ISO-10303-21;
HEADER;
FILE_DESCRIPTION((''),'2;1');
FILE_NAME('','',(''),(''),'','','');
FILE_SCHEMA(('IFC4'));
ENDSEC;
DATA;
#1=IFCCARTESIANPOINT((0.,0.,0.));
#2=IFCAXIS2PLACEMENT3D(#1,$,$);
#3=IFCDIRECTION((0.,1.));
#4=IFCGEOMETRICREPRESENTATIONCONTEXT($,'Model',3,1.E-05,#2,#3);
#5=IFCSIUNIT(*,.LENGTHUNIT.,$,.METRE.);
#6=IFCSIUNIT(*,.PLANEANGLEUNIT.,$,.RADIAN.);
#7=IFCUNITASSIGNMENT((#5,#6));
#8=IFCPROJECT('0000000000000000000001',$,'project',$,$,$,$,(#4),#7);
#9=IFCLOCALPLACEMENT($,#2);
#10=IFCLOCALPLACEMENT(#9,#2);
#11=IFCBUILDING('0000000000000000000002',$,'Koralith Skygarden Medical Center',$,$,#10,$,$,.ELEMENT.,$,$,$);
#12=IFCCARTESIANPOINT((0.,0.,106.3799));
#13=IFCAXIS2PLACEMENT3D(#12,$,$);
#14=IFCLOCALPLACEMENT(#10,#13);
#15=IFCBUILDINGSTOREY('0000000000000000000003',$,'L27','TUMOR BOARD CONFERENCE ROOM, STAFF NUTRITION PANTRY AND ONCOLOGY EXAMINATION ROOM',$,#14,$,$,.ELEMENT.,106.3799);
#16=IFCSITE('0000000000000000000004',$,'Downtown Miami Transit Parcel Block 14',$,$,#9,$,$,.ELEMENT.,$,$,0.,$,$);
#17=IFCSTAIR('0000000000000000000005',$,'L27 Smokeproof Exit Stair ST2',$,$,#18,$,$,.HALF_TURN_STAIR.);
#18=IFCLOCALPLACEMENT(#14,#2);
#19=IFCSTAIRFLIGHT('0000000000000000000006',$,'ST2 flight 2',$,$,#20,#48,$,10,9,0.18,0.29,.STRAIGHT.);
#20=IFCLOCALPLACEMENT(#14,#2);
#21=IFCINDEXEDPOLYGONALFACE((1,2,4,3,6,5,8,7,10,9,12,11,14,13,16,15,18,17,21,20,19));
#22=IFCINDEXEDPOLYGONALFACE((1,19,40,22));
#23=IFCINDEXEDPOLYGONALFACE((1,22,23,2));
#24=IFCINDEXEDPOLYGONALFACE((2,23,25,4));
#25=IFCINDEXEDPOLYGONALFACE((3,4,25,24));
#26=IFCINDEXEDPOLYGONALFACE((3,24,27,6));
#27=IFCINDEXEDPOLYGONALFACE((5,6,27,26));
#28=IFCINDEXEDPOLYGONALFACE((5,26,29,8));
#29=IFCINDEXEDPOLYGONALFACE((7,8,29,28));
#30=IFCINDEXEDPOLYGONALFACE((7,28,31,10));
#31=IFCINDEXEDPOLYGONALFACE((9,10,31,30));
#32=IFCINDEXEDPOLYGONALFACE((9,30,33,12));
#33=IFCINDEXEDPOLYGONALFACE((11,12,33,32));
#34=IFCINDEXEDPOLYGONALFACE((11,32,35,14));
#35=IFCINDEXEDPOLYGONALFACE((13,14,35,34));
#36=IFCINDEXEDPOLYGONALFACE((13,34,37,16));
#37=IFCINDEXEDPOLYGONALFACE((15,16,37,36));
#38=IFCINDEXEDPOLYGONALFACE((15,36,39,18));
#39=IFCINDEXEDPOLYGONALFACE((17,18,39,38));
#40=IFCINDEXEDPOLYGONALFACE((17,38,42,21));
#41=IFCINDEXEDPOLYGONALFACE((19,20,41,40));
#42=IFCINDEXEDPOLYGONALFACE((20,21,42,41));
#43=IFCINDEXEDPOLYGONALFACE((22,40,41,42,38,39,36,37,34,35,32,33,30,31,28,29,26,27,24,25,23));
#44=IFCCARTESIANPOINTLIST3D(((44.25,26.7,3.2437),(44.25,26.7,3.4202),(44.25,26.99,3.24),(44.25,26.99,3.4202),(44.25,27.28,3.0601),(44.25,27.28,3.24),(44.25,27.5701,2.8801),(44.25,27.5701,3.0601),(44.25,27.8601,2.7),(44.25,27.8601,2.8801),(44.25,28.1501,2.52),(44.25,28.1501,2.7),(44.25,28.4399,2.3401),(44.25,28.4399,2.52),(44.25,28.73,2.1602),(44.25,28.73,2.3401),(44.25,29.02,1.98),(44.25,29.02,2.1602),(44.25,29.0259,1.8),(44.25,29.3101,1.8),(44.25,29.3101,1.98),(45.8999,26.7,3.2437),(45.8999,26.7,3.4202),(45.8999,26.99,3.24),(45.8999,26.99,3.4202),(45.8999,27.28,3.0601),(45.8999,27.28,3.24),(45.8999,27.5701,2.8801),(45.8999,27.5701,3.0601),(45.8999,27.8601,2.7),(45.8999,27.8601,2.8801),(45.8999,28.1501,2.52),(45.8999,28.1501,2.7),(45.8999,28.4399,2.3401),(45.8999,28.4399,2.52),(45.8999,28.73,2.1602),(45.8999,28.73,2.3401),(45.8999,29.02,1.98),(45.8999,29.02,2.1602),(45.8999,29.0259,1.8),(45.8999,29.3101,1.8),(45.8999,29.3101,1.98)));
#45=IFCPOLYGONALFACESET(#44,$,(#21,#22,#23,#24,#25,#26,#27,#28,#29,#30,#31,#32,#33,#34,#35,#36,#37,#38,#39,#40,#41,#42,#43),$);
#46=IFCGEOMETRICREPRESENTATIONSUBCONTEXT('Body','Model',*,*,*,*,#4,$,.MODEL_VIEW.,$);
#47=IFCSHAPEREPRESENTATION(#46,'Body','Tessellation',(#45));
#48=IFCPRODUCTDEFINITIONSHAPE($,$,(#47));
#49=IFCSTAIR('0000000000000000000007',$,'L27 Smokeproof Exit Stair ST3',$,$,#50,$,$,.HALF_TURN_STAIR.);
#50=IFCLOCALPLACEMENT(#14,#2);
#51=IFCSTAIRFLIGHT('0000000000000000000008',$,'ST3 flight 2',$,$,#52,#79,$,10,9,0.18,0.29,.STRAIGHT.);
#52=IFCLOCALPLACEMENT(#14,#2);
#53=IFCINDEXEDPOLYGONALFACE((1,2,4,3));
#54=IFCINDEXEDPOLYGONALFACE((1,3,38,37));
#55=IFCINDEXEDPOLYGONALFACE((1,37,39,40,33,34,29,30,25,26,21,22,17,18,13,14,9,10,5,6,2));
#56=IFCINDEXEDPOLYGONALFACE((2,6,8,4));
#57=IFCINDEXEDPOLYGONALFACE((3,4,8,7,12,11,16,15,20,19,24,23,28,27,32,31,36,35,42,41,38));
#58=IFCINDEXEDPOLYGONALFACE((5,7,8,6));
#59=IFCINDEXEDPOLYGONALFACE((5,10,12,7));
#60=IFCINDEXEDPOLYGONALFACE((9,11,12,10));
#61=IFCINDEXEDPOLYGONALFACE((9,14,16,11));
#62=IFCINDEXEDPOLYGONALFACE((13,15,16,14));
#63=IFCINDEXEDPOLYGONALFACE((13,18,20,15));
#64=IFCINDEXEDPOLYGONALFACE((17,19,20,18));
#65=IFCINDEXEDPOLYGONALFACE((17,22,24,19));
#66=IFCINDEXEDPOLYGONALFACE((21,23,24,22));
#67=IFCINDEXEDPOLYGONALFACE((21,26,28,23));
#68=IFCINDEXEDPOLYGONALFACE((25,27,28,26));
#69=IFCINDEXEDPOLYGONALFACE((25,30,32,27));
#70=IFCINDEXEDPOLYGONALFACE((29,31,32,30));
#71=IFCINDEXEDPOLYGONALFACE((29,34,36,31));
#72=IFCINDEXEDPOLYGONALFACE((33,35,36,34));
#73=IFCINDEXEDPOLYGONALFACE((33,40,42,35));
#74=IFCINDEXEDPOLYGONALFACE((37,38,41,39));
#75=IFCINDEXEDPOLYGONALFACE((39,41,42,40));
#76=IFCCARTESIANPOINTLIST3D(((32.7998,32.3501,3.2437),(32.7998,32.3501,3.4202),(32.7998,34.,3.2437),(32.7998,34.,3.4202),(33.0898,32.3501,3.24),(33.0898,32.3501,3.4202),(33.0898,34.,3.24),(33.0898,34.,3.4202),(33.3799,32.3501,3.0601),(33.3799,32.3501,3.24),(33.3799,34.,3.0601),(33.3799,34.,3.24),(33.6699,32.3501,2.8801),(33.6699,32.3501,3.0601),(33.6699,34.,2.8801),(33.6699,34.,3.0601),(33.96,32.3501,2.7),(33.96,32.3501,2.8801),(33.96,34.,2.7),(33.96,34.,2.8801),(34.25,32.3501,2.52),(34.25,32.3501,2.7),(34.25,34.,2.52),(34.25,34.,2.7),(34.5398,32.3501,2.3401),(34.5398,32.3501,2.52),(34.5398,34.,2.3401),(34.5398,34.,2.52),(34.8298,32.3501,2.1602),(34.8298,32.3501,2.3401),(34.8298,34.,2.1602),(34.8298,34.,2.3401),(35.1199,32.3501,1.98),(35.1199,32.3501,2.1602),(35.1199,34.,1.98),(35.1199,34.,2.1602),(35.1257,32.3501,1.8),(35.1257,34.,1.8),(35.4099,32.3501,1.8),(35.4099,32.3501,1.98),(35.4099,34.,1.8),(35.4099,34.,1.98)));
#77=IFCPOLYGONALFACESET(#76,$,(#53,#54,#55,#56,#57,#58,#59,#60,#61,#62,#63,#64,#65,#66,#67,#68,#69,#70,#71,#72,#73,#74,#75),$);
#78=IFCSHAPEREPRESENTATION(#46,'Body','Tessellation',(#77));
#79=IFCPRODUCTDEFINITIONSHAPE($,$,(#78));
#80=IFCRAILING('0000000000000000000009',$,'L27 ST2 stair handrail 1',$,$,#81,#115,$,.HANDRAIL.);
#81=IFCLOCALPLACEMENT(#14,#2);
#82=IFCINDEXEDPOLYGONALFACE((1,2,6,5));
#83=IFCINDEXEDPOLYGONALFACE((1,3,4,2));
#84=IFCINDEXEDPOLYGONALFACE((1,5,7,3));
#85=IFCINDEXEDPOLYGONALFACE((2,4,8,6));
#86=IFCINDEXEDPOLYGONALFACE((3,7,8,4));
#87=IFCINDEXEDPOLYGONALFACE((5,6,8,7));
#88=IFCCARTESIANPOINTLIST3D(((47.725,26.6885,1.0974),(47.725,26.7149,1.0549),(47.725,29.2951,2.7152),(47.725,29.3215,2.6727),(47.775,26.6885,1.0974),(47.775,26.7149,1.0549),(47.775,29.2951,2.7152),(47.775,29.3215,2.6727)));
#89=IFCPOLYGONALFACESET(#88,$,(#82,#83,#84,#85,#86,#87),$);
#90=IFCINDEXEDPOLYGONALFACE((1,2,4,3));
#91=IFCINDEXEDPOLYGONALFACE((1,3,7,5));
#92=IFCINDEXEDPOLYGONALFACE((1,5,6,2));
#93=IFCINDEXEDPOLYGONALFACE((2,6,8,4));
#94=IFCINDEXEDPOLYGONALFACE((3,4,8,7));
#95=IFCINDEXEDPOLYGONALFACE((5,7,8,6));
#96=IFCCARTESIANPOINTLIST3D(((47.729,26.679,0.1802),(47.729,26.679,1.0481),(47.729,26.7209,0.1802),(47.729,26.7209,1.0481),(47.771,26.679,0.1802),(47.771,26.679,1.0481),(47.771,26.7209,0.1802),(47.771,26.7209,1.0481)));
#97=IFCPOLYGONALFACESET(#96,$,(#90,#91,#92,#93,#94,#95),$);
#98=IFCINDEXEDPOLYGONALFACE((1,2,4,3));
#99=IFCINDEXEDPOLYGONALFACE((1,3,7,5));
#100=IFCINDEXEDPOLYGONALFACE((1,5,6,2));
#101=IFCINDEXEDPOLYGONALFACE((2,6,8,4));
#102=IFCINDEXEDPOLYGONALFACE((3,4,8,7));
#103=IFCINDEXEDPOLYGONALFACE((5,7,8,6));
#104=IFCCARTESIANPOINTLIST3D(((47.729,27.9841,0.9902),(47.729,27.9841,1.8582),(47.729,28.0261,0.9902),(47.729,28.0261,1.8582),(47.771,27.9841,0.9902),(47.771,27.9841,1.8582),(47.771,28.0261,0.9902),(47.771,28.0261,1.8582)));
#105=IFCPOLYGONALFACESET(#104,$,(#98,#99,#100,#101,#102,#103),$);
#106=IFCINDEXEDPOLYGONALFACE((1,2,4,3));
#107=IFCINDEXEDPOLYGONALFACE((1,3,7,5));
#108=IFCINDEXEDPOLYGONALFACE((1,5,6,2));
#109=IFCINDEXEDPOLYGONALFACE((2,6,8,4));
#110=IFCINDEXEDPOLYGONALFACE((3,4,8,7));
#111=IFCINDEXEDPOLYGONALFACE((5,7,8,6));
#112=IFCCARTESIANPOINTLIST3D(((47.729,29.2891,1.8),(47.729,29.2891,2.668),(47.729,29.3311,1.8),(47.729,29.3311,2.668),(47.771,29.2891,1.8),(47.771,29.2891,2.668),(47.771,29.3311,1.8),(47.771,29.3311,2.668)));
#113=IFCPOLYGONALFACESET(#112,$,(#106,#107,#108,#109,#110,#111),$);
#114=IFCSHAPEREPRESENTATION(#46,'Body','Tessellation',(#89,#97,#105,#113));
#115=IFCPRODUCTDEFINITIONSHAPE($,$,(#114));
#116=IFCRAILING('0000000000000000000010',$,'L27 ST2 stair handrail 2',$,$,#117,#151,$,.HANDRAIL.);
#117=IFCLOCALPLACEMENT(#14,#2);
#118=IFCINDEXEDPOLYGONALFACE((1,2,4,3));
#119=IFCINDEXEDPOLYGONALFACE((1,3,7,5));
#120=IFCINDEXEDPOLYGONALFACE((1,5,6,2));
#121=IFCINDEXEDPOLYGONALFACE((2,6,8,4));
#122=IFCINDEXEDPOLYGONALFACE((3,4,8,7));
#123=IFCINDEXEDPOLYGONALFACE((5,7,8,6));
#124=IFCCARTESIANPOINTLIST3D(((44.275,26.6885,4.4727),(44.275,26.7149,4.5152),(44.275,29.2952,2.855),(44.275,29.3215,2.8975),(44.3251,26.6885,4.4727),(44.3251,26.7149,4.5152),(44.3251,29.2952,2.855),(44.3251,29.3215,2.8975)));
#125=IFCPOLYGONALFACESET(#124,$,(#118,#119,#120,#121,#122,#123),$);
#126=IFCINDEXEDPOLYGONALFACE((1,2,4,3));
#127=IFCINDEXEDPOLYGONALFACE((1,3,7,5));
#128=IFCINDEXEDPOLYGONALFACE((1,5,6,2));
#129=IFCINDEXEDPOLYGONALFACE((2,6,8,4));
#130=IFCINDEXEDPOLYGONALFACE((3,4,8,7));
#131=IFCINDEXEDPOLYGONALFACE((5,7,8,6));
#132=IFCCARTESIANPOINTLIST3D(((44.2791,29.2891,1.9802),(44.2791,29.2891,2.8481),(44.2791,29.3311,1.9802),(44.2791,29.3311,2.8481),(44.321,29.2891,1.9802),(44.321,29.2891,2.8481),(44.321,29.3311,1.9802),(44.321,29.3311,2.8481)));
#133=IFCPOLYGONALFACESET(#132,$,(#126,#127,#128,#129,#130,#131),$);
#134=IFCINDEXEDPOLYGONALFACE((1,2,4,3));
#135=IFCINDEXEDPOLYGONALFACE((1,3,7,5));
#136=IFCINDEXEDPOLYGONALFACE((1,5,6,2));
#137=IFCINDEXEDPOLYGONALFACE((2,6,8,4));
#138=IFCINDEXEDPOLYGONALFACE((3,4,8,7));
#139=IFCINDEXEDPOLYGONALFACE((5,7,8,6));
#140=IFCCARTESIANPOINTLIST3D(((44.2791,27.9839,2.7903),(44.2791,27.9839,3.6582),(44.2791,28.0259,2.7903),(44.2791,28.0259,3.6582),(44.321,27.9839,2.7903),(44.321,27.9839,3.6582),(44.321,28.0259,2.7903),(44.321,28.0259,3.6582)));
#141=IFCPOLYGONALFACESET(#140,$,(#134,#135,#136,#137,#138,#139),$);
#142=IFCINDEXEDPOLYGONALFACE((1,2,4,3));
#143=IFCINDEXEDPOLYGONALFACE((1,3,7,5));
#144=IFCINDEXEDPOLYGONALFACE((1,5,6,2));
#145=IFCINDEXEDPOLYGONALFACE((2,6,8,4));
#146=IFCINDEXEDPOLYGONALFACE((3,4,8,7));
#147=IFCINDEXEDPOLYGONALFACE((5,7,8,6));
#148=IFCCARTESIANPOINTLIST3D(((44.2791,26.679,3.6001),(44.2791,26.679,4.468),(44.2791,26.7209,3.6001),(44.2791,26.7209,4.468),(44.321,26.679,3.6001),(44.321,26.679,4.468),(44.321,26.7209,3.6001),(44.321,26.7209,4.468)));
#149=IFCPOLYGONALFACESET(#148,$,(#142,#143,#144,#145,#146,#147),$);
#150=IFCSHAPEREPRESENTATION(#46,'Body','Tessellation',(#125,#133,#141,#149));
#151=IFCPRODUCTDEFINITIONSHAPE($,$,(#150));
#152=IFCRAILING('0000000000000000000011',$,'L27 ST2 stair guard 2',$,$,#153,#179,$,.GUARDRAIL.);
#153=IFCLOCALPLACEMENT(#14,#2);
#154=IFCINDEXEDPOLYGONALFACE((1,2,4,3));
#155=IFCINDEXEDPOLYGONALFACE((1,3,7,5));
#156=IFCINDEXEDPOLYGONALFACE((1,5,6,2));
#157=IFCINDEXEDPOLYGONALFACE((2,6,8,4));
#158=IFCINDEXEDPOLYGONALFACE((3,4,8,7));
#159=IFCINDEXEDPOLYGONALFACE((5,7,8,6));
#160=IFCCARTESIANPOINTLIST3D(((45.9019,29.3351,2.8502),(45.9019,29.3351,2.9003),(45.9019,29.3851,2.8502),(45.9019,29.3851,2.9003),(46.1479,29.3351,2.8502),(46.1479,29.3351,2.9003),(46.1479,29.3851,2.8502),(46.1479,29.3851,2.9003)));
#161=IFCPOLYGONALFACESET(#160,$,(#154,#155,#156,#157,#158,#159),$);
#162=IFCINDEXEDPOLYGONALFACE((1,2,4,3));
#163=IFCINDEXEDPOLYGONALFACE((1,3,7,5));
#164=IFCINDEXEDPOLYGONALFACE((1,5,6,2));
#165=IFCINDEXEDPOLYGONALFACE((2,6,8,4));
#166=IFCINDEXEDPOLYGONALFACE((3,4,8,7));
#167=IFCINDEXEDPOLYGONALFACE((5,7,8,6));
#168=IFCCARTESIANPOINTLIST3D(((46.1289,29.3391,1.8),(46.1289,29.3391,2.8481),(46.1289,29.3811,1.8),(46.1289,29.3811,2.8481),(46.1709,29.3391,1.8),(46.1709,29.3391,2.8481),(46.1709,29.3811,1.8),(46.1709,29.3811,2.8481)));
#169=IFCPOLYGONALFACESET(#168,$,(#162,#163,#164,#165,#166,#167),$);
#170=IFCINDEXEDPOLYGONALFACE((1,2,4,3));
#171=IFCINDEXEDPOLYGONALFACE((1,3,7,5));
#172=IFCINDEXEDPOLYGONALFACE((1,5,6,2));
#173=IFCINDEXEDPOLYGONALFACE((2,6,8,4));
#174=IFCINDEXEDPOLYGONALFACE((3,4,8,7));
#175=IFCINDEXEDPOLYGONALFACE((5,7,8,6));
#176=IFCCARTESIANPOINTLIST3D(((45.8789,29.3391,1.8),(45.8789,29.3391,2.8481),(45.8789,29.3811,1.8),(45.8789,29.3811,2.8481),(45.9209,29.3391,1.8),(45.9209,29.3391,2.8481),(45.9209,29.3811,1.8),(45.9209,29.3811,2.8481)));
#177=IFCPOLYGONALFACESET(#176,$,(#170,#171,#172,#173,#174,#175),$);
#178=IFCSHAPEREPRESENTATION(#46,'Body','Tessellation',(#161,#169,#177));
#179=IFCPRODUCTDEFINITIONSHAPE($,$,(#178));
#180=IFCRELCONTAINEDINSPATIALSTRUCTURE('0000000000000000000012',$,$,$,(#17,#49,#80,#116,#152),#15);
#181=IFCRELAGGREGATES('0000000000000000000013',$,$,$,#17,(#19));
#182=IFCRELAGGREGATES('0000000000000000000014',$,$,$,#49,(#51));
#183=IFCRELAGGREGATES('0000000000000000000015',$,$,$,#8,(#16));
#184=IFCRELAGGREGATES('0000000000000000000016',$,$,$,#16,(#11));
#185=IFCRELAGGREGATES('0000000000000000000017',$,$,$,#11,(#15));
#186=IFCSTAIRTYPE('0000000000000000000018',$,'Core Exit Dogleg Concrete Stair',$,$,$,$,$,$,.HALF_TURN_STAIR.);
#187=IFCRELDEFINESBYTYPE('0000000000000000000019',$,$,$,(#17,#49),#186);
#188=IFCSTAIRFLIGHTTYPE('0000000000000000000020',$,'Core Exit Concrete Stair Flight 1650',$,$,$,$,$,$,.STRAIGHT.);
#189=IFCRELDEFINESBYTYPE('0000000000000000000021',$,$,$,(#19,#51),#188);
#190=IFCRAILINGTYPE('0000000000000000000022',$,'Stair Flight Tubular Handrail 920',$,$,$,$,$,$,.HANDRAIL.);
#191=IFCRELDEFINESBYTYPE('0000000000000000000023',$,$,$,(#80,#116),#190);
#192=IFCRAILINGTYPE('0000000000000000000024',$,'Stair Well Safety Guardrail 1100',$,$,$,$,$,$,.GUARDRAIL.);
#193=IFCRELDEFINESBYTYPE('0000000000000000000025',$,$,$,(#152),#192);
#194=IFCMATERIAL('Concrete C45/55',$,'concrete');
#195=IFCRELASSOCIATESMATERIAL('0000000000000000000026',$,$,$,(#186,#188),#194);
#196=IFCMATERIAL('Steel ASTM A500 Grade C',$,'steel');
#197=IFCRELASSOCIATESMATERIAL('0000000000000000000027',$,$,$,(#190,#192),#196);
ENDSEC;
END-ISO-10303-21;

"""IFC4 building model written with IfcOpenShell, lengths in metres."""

from ifc_helpers import new_model, si_unit, direction, frame, origin, origin_2d, place, context, subcontext, project, spatial, polyline, rectangle, outline, extrude, material, type_object, element, aggregate, save


model = new_model("IFC4")

# Units and contexts
model_context = context("Model", 3, precision=1e-05, world=origin(), true_north=direction((0.0, 1.0)))
body_context = subcontext(model_context, "Body", "Model", "MODEL_VIEW")
ifc_project = project(units=[si_unit("LENGTHUNIT", "METRE"), si_unit("PLANEANGLEUNIT", "RADIAN")], contexts=[model_context])

# Site, building, storey
site_placement = place(None, origin())
site = spatial("IfcSite", under=ifc_project, at=site_placement, Name="Downtown Miami Transit Parcel Block 14", CompositionType="ELEMENT", RefElevation=0.0)
building_placement = place(site_placement, origin())
building = spatial("IfcBuilding", under=site, at=building_placement, Name="Koralith Skygarden Medical Center", CompositionType="ELEMENT")
storey_placement = place(building_placement, frame((0.0, 0.0, 106.3799)))
storey = spatial("IfcBuildingStorey", under=building, at=storey_placement, Name="L27", Description="TUMOR BOARD CONFERENCE ROOM, STAFF NUTRITION PANTRY AND ONCOLOGY EXAMINATION ROOM", CompositionType="ELEMENT", Elevation=106.3799)

# Shared definitions
ifc_material_1 = material(Name="Concrete C45/55", Category="concrete")

# Stair, stair flight
stair_type = type_object("IfcStairType", Name="Core Exit Dogleg Concrete Stair", PredefinedType="HALF_TURN_STAIR", material=ifc_material_1)
stair_1_placement = place(storey_placement, origin())
stair_1 = element("IfcStair", 1, at=stair_1_placement, inside=storey, type_object=stair_type, Name="L27 Smokeproof Exit Stair ST2", PredefinedType="HALF_TURN_STAIR")
stair_flight_type = type_object("IfcStairFlightType", Name="Core Exit Concrete Stair Flight 1650", PredefinedType="STRAIGHT", material=ifc_material_1)
stair_flight_1_placement = place(storey_placement, frame((45.075, 29.3101, 1.8), z_axis=(0.0, 0.0, 1.0), x_axis=(0.0, -1.0, 0.0)))
stair_flight_1 = element("IfcStairFlight", 2, at=stair_flight_1_placement, type_object=stair_flight_type, Name="ST2 flight 2", NumberOfRisers=10, NumberOfTreads=9, PredefinedType="STRAIGHT", RiserHeight=0.18, TreadLength=0.29, context=body_context, shape_type="SweptSolid", body=[
    extrude(outline(polyline([(0.0, 0.0), (0.0, 0.1799), (0.29, 0.1799), (0.29, 0.3601), (0.5801, 0.3601), (0.5801, 0.54), (0.8701, 0.54), (0.8701, 0.72), (1.1599, 0.72), (1.1599, 0.8999), (1.45, 0.8999), (1.45, 1.0801), (1.74, 1.0801), (1.74, 1.26), (2.03, 1.26), (2.03, 1.4399), (2.3201, 1.4399), (2.3201, 1.6201), (2.6101, 1.6201), (2.6101, 1.8), (2.6101, 1.4436), (0.2842, 0.0), (0.0, 0.0)])), frame((0.0, 0.825, 0.0), z_axis=(0.0, -1.0, 0.0), x_axis=(1.0, 0.0, 0.0)), (0.0, 0.0, 1.0), 1.6499),
])
aggregate(stair_1, [stair_flight_1])

# Stair, stair flight
stair_2_placement = place(storey_placement, origin())
stair_2 = element("IfcStair", 3, at=stair_2_placement, inside=storey, type_object=stair_type, Name="L27 Smokeproof Exit Stair ST3", PredefinedType="HALF_TURN_STAIR")
stair_flight_2_placement = place(storey_placement, frame((35.4099, 33.175, 1.8), z_axis=(0.0, 0.0, 1.0), x_axis=(-1.0, 0.0, 0.0)))
stair_flight_2 = element("IfcStairFlight", 4, at=stair_flight_2_placement, type_object=stair_flight_type, Name="ST3 flight 2", NumberOfRisers=10, NumberOfTreads=9, PredefinedType="STRAIGHT", RiserHeight=0.18, TreadLength=0.29, context=body_context, shape_type="SweptSolid", body=[
    extrude(outline(polyline([(0.0, 0.0), (0.0, 0.1799), (0.29, 0.1799), (0.29, 0.3601), (0.5801, 0.3601), (0.5801, 0.54), (0.8701, 0.54), (0.8701, 0.72), (1.1599, 0.72), (1.1599, 0.8999), (1.45, 0.8999), (1.45, 1.0801), (1.74, 1.0801), (1.74, 1.26), (2.03, 1.26), (2.03, 1.4399), (2.3201, 1.4399), (2.3201, 1.6201), (2.6101, 1.6201), (2.6101, 1.8), (2.6101, 1.4436), (0.2842, 0.0), (0.0, 0.0)])), frame((0.0, 0.825, 0.0), z_axis=(0.0, -1.0, 0.0), x_axis=(1.0, 0.0, 0.0)), (0.0, 0.0, 1.0), 1.6499),
])
aggregate(stair_2, [stair_flight_2])

# Railings
ifc_material_2 = material(Name="Steel ASTM A500 Grade C", Category="steel")
railing_type_1 = type_object("IfcRailingType", Name="Stair Flight Tubular Handrail 920", PredefinedType="HANDRAIL", material=ifc_material_2)
railing_1_placement = place(storey_placement, frame((47.75, 26.7, 0.1802)))
element("IfcRailing", 5, at=railing_1_placement, inside=storey, type_object=railing_type_1, Name="L27 ST2 stair handrail 1", PredefinedType="HANDRAIL", context=body_context, shape_type="SweptSolid", body=[
    extrude(rectangle(XDim=0.05, YDim=0.05, at=origin_2d()), frame((0.0, 0.0017, 0.896), z_axis=(0.0, 0.849668, 0.527317), x_axis=(-1.0, 0.0, 0.0)), (0.0, 0.0, 1.0), 3.0679),
    extrude(rectangle(XDim=0.042, YDim=0.042, at=origin_2d()), origin(), (0.0, 0.0, 1.0), 0.8679),
    extrude(rectangle(XDim=0.042, YDim=0.042, at=origin_2d()), frame((0.0, 1.3052, 0.8101)), (0.0, 0.0, 1.0), 0.8679),
    extrude(rectangle(XDim=0.042, YDim=0.042, at=origin_2d()), frame((0.0, 2.6101, 1.6199)), (0.0, 0.0, 1.0), 0.8679),
])
railing_2_placement = place(storey_placement, frame((44.3, 29.3101, 1.9802)))
element("IfcRailing", 6, at=railing_2_placement, inside=storey, type_object=railing_type_1, Name="L27 ST2 stair handrail 2", PredefinedType="HANDRAIL", context=body_context, shape_type="SweptSolid", body=[
    extrude(rectangle(XDim=0.05, YDim=0.05, at=origin_2d()), frame((0.0, -0.0017, 0.896), z_axis=(0.0, -0.849668, 0.527317), x_axis=(1.0, 0.0, 0.0)), (0.0, 0.0, 1.0), 3.0679),
    extrude(rectangle(XDim=0.042, YDim=0.042, at=origin_2d()), origin(), (0.0, 0.0, 1.0), 0.8679),
    extrude(rectangle(XDim=0.042, YDim=0.042, at=origin_2d()), frame((0.0, -1.3052, 0.8101)), (0.0, 0.0, 1.0), 0.8679),
    extrude(rectangle(XDim=0.042, YDim=0.042, at=origin_2d()), frame((0.0, -2.6101, 1.6199)), (0.0, 0.0, 1.0), 0.8679),
])
railing_type_2 = type_object("IfcRailingType", Name="Stair Well Safety Guardrail 1100", PredefinedType="GUARDRAIL", material=ifc_material_2)
railing_3_placement = place(storey_placement, frame((46.1499, 29.3601, 1.8)))
element("IfcRailing", 7, at=railing_3_placement, inside=storey, type_object=railing_type_2, Name="L27 ST2 stair guard 2", PredefinedType="GUARDRAIL", context=body_context, shape_type="SweptSolid", body=[
    extrude(rectangle(XDim=0.05, YDim=0.05, at=origin_2d()), frame((-0.002, 0.0, 1.0752), z_axis=(-1.0, 0.0, 0.0), x_axis=(0.0, -1.0, 0.0)), (0.0, 0.0, 1.0), 0.2461),
    extrude(rectangle(XDim=0.042, YDim=0.042, at=origin_2d()), origin(), (0.0, 0.0, 1.0), 1.0481),
    extrude(rectangle(XDim=0.042, YDim=0.042, at=origin_2d()), frame((-0.25, 0.0, 0.0)), (0.0, 0.0, 1.0), 1.0481),
])

save(model, "model.ifc")
